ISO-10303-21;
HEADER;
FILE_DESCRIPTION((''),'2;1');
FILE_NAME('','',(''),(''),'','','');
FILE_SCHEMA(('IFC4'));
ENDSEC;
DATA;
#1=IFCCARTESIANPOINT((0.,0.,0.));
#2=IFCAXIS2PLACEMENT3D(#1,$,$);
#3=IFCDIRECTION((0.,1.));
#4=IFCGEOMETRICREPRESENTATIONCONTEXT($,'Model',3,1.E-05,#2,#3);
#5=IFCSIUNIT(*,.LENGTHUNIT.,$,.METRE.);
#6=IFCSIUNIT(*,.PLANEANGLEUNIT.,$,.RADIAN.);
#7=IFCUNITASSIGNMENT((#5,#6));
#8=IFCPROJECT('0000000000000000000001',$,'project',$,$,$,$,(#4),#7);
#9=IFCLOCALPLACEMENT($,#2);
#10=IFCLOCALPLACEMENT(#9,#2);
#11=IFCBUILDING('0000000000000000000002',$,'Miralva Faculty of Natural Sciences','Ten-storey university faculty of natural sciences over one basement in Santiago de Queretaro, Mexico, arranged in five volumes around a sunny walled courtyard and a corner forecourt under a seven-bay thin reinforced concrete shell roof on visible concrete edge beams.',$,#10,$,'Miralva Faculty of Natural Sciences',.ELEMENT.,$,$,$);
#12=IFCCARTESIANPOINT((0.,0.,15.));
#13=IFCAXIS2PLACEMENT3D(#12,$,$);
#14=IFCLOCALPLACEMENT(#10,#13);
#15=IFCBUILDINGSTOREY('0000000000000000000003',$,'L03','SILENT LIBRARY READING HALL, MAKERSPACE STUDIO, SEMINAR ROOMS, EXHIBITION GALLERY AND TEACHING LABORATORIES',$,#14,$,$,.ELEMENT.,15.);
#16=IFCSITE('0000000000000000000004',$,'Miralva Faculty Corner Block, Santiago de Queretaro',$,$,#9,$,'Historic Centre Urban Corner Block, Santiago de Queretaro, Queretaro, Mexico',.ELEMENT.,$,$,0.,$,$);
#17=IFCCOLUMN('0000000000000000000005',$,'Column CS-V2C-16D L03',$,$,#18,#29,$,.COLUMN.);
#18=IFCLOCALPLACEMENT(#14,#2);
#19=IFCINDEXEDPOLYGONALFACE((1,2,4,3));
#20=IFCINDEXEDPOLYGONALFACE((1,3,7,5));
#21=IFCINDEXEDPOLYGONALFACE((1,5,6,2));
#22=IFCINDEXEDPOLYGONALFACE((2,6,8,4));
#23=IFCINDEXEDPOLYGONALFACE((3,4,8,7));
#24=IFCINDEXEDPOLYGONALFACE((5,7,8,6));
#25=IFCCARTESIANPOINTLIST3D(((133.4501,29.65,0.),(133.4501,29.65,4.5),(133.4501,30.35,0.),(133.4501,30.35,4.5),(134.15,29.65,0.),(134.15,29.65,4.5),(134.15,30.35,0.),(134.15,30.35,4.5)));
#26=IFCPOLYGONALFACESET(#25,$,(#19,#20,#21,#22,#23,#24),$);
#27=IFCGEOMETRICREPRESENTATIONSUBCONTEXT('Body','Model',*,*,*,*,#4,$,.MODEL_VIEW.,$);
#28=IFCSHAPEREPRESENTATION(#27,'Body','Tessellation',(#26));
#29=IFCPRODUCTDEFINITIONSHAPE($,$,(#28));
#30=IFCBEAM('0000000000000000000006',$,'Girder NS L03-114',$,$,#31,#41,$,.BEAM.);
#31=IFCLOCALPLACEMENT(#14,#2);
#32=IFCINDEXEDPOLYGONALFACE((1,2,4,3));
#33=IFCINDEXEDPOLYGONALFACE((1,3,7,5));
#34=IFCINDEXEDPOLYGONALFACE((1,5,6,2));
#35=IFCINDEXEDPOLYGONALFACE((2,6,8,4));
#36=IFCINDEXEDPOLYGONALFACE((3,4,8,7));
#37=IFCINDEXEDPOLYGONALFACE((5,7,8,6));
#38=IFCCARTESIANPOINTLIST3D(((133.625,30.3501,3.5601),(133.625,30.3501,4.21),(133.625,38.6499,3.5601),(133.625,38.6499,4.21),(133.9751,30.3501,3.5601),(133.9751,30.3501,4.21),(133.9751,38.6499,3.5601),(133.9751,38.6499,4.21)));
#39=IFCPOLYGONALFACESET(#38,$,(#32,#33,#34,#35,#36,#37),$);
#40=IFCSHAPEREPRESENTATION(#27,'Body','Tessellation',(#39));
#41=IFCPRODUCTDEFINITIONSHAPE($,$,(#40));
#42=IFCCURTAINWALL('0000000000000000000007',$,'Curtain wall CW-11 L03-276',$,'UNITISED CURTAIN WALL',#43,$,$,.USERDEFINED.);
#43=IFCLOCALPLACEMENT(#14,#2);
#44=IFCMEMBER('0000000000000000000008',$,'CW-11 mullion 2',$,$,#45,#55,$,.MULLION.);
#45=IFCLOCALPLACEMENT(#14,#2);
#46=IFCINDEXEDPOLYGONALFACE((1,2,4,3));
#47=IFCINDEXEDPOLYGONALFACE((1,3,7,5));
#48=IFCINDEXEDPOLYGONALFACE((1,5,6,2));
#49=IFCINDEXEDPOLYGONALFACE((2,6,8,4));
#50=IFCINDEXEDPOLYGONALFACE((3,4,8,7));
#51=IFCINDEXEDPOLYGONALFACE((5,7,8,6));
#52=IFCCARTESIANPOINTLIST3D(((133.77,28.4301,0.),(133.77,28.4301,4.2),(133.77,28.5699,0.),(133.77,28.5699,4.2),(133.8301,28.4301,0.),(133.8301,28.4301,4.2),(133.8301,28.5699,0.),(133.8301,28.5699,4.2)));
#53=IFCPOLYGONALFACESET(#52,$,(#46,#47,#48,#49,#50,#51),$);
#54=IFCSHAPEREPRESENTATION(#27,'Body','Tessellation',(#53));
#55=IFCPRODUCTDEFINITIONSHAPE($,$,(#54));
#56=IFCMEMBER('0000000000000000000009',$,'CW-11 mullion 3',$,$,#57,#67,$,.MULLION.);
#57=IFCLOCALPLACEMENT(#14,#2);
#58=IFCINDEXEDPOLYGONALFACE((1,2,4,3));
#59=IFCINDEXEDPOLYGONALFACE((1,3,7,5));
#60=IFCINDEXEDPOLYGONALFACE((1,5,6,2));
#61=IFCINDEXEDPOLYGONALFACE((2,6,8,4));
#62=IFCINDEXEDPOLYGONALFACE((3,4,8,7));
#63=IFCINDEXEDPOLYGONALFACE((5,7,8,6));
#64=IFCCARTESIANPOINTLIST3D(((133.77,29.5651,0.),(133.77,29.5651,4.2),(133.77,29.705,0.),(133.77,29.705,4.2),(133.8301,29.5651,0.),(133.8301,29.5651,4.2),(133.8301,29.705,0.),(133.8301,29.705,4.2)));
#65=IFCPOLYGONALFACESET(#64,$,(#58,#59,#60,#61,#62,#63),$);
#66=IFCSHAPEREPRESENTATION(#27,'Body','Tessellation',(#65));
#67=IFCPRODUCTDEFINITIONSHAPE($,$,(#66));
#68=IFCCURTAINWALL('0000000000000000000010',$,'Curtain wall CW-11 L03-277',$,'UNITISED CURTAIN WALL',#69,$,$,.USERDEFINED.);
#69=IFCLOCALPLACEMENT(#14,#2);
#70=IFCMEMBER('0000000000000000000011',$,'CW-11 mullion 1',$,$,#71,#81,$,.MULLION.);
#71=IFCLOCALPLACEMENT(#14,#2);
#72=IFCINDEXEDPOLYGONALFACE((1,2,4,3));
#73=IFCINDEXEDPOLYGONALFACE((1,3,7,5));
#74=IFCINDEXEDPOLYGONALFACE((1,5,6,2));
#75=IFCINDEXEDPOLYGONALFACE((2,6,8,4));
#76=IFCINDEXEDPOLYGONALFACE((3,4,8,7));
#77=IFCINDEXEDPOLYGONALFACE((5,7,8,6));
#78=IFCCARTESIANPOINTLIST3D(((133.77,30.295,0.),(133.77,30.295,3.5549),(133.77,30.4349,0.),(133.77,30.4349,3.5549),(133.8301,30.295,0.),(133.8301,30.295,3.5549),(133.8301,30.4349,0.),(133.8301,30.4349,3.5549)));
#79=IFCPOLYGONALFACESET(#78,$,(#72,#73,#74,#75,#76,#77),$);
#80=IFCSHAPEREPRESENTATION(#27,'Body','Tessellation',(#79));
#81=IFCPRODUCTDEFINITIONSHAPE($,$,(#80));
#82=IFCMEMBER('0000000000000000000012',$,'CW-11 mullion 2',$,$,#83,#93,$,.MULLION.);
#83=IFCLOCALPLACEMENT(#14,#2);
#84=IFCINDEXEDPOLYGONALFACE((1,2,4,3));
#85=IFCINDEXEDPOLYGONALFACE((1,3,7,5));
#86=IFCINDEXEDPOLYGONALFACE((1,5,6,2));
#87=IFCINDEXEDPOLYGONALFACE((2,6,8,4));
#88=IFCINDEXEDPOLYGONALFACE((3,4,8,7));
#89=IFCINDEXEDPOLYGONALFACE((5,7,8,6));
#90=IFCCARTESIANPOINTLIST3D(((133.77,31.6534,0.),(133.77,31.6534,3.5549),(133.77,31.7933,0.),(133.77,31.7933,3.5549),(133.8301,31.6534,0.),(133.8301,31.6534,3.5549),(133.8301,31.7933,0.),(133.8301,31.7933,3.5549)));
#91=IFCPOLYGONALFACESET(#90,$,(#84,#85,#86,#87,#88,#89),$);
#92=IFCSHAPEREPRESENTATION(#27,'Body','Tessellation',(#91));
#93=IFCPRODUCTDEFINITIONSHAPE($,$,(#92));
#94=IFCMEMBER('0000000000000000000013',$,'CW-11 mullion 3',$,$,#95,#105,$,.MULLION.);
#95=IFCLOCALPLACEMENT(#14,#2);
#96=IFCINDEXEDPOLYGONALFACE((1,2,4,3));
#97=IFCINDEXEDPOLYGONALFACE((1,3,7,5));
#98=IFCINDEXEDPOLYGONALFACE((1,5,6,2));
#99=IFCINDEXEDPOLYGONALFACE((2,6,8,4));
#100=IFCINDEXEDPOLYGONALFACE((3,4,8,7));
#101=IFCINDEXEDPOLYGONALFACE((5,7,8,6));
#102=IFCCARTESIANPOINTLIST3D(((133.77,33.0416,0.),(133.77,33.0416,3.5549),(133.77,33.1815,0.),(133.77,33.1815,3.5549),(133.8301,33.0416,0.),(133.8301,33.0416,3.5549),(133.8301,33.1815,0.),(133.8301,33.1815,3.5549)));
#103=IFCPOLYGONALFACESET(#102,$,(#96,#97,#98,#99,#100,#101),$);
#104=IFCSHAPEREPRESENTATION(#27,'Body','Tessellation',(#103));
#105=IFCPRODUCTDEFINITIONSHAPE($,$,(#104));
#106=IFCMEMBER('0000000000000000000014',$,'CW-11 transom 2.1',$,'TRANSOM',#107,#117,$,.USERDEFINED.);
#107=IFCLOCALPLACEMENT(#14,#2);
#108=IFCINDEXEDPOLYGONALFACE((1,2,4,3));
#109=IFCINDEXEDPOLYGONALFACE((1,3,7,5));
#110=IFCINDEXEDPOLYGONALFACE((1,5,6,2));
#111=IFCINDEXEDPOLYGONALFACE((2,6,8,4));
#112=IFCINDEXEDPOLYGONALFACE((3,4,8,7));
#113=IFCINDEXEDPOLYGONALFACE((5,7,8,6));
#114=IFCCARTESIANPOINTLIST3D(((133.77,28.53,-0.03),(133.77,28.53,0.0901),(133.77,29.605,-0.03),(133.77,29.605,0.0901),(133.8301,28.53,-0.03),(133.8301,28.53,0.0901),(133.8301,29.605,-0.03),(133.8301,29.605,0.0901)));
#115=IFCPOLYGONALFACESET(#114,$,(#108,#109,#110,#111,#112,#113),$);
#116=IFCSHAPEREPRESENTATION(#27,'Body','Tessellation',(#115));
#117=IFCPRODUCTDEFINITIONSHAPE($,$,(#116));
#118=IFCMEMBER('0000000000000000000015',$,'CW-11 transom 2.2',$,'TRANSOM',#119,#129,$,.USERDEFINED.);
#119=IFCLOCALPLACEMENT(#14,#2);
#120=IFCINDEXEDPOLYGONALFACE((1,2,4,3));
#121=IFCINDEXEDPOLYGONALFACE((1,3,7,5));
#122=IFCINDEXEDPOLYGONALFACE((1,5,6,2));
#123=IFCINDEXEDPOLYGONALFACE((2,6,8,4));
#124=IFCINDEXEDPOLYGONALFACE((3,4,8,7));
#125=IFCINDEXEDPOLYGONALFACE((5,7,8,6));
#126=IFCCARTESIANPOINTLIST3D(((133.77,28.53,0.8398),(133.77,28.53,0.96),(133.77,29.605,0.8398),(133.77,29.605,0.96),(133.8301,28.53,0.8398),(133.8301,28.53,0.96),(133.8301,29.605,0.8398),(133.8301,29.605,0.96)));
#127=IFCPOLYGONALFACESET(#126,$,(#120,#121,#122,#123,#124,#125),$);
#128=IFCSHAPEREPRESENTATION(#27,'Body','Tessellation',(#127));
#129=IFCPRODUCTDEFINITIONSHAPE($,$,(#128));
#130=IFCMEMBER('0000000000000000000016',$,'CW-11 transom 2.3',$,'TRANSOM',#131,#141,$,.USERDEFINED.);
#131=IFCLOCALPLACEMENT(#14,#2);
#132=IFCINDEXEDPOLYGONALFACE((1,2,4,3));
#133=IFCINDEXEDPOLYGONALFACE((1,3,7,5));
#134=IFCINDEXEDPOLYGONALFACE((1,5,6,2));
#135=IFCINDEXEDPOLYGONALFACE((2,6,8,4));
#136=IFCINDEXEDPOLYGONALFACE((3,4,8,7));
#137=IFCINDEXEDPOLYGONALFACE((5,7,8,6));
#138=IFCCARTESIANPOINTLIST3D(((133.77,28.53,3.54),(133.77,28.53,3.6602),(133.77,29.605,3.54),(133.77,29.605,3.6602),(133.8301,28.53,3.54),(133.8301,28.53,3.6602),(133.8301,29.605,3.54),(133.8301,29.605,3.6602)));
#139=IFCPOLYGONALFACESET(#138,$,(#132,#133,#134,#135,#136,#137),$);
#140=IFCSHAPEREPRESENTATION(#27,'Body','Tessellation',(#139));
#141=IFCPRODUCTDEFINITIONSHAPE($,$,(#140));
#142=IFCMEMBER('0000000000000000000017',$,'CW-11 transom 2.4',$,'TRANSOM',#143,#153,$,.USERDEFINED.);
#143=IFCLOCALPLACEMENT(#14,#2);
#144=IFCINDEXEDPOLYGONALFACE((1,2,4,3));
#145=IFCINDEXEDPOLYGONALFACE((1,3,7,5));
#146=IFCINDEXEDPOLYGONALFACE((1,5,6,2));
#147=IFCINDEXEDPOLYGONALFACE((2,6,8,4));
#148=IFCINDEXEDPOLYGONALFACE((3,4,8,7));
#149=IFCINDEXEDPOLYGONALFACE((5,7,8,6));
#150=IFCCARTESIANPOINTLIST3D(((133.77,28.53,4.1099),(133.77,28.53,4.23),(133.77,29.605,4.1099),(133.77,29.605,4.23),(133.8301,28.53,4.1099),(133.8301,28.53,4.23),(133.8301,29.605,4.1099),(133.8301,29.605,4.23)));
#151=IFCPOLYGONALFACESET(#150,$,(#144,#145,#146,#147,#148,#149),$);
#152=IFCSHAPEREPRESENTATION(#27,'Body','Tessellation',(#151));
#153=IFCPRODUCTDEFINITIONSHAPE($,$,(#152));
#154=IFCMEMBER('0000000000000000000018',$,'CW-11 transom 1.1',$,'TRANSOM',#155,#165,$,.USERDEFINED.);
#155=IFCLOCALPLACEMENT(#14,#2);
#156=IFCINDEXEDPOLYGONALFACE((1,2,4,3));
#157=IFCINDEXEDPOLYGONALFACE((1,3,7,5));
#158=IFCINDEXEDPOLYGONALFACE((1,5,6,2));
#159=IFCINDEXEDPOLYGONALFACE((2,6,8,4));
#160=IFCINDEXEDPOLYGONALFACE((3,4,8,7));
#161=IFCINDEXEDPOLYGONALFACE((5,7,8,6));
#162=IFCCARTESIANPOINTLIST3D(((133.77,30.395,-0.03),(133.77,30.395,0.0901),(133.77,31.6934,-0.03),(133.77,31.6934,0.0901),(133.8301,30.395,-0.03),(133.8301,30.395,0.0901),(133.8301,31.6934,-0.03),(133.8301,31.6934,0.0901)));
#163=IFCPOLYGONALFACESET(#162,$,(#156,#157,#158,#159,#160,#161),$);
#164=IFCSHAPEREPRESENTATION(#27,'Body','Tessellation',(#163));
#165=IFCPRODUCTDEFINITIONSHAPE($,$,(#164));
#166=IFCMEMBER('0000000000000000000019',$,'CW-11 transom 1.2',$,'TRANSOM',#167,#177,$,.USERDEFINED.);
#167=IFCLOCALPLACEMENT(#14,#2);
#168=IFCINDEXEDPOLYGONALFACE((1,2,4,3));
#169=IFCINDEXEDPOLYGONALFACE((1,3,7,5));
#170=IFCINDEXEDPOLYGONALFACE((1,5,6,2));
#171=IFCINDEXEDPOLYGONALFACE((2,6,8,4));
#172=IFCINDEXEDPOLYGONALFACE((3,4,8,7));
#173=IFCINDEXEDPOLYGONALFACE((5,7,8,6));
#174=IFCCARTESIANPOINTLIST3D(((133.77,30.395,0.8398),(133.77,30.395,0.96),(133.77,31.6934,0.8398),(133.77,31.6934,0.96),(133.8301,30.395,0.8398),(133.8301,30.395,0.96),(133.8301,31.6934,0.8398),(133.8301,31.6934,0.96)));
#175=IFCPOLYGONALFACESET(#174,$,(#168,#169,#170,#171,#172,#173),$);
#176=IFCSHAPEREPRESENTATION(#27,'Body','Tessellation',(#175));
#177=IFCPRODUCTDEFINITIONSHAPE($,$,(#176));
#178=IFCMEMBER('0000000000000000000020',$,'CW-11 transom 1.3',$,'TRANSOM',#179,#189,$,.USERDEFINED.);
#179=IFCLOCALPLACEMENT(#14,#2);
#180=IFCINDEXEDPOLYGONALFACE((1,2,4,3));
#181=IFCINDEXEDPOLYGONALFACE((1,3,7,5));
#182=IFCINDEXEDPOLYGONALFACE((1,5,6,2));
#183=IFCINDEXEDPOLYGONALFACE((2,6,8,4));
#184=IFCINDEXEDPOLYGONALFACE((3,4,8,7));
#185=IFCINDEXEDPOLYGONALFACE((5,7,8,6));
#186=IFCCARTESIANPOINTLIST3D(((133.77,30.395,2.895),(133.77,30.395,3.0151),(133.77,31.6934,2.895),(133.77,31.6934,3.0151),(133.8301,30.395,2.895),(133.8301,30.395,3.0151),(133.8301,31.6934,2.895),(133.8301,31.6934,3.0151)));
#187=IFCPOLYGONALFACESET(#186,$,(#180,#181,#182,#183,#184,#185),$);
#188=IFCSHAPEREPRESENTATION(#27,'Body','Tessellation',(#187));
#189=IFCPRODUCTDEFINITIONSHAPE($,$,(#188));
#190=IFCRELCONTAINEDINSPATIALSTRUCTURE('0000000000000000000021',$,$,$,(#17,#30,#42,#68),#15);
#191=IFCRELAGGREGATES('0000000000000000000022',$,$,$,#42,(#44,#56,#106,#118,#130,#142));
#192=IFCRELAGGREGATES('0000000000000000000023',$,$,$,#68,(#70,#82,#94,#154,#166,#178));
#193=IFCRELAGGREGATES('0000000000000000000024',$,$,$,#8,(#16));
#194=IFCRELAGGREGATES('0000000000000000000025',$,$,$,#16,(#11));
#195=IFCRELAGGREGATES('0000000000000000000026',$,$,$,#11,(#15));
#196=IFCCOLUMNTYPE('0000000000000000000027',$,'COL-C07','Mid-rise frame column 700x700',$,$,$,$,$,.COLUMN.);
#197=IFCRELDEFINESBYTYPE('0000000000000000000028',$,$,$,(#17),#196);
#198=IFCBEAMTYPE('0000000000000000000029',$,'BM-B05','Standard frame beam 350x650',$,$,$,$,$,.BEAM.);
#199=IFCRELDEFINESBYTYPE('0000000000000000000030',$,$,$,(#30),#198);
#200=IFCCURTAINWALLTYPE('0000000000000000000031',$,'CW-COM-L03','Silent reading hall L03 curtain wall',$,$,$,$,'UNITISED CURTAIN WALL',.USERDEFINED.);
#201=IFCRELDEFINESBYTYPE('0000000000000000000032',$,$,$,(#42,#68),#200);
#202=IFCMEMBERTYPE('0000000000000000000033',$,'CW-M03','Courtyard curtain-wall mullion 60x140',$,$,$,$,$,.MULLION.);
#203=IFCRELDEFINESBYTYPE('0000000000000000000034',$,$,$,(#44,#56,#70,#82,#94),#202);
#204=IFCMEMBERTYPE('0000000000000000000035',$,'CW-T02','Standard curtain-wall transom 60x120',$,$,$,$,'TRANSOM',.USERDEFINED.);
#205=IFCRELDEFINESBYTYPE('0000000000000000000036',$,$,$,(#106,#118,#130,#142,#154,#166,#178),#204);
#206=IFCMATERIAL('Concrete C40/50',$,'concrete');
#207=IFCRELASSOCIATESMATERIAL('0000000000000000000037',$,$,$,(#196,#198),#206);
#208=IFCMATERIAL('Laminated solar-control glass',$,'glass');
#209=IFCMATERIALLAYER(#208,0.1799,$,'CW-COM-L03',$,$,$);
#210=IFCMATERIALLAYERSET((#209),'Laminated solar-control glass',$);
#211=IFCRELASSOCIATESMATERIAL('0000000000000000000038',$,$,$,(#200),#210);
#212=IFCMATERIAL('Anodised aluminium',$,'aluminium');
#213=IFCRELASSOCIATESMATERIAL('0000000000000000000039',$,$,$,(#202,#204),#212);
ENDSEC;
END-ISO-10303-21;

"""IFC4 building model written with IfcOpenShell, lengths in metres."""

from ifc_helpers import new_model, si_unit, direction, frame, origin, origin_2d, place, context, subcontext, project, spatial, rectangle, extrude, material, layer, layer_set, material_profile, profile_set, type_object, element, aggregate, save


model = new_model("IFC4")

# Units and contexts
model_context = context("Model", 3, precision=1e-05, world=origin(), true_north=direction((0.0, 1.0)))
body_context = subcontext(model_context, "Body", "Model", "MODEL_VIEW")
ifc_project = project(units=[si_unit("LENGTHUNIT", "METRE"), si_unit("PLANEANGLEUNIT", "RADIAN")], contexts=[model_context])

# Site, building, storey
site_placement = place(None, origin())
site = spatial("IfcSite", under=ifc_project, at=site_placement, Name="Miralva Faculty Corner Block, Santiago de Queretaro", LongName="Historic Centre Urban Corner Block, Santiago de Queretaro, Queretaro, Mexico", CompositionType="ELEMENT", RefElevation=0.0)
building_placement = place(site_placement, origin())
building = spatial("IfcBuilding", under=site, at=building_placement, Name="Miralva Faculty of Natural Sciences", Description="Ten-storey university faculty of natural sciences over one basement in Santiago de Queretaro, Mexico, arranged in five volumes around a sunny walled courtyard and a corner forecourt under a seven-bay thin reinforced concrete shell roof on visible concrete edge beams.", LongName="Miralva Faculty of Natural Sciences", CompositionType="ELEMENT")
storey_placement = place(building_placement, frame((0.0, 0.0, 15.0)))
storey = spatial("IfcBuildingStorey", under=building, at=storey_placement, Name="L03", Description="SILENT LIBRARY READING HALL, MAKERSPACE STUDIO, SEMINAR ROOMS, EXHIBITION GALLERY AND TEACHING LABORATORIES", CompositionType="ELEMENT", Elevation=15.0)

# Column
ifc_material_1 = material(Name="Concrete C40/50", Category="concrete")
ifc_material_profile_1 = material_profile(ifc_material_1, rectangle(XDim=0.7, YDim=0.7, at=origin_2d()), Name="RC 700x700")
ifc_profile_set_1 = profile_set([ifc_material_profile_1], Name="Concrete C40/50")
column_type = type_object("IfcColumnType", Name="COL-C07", Description="Mid-rise frame column 700x700", PredefinedType="COLUMN", material=ifc_profile_set_1)
column_placement = place(storey_placement, frame((133.8, 30.0, 0.0), z_axis=(0.0, 0.0, 1.0), x_axis=(1.0, 0.0, 0.0)))
element("IfcColumn", 1, at=column_placement, inside=storey, type_object=column_type, Name="Column CS-V2C-16D L03", PredefinedType="COLUMN", context=body_context, shape_type="SweptSolid", body=[
    extrude(rectangle(XDim=0.7, YDim=0.7, at=origin_2d()), origin(), (0.0, 0.0, 1.0), 4.5),
])

# Beam
ifc_material_profile_2 = material_profile(ifc_material_1, rectangle(XDim=0.3501, YDim=0.6499, at=origin_2d()), Name="RC 350x650")
ifc_profile_set_2 = profile_set([ifc_material_profile_2], Name="Concrete C40/50")
beam_type = type_object("IfcBeamType", Name="BM-B05", Description="Standard frame beam 350x650", PredefinedType="BEAM", material=ifc_profile_set_2)
beam_placement = place(storey_placement, frame((133.8, 30.3501, 3.885), z_axis=(0.0, 1.0, 0.0), x_axis=(-1.0, 0.0, 0.0)))
element("IfcBeam", 2, at=beam_placement, inside=storey, type_object=beam_type, Name="Girder NS L03-114", PredefinedType="BEAM", context=body_context, shape_type="SweptSolid", body=[
    extrude(rectangle(XDim=0.3501, YDim=0.6499, at=origin_2d()), origin(), (0.0, 0.0, 1.0), 8.2998),
])

# Curtain walls, members
ifc_material_2 = material(Name="Laminated solar-control glass", Category="glass")
ifc_layer_1 = layer(ifc_material_2, 0.1799, Name="CW-COM-L03")
ifc_layer_set_1 = layer_set([ifc_layer_1], Name="Laminated solar-control glass")
curtain_wall_type = type_object("IfcCurtainWallType", Name="CW-COM-L03", Description="Silent reading hall L03 curtain wall", ElementType="UNITISED CURTAIN WALL", PredefinedType="USERDEFINED", material=ifc_layer_set_1)
curtain_wall_1_placement = place(storey_placement, origin())
curtain_wall_1 = element("IfcCurtainWall", 3, at=curtain_wall_1_placement, inside=storey, type_object=curtain_wall_type, Name="Curtain wall CW-11 L03-276", ObjectType="UNITISED CURTAIN WALL", PredefinedType="USERDEFINED")
ifc_material_3 = material(Name="Anodised aluminium", Category="aluminium")
ifc_material_profile_3 = material_profile(ifc_material_3, rectangle(XDim=0.0601, YDim=0.1399, at=origin_2d()), Name="MULLION 60x140")
ifc_profile_set_3 = profile_set([ifc_material_profile_3], Name="Anodised aluminium")
member_type_1 = type_object("IfcMemberType", Name="CW-M03", Description="Courtyard curtain-wall mullion 60x140", PredefinedType="MULLION", material=ifc_profile_set_3)
member_1_placement = place(storey_placement, frame((133.8, 28.5, 0.0), z_axis=(0.0, 0.0, 1.0), x_axis=(-1.0, 0.0, 0.0)))
member_1 = element("IfcMember", 4, at=member_1_placement, type_object=member_type_1, Name="CW-11 mullion 2", PredefinedType="MULLION", context=body_context, shape_type="SweptSolid", body=[
    extrude(rectangle(XDim=0.0601, YDim=0.1399, at=origin_2d()), origin(), (0.0, 0.0, 1.0), 4.2),
])
member_2_placement = place(storey_placement, frame((133.8, 29.635, 0.0), z_axis=(0.0, 0.0, 1.0), x_axis=(-1.0, 0.0, 0.0)))
member_2 = element("IfcMember", 5, at=member_2_placement, type_object=member_type_1, Name="CW-11 mullion 3", PredefinedType="MULLION", context=body_context, shape_type="SweptSolid", body=[
    extrude(rectangle(XDim=0.0601, YDim=0.1399, at=origin_2d()), origin(), (0.0, 0.0, 1.0), 4.2),
])
curtain_wall_2_placement = place(storey_placement, origin())
curtain_wall_2 = element("IfcCurtainWall", 6, at=curtain_wall_2_placement, inside=storey, type_object=curtain_wall_type, Name="Curtain wall CW-11 L03-277", ObjectType="UNITISED CURTAIN WALL", PredefinedType="USERDEFINED")
member_3_placement = place(storey_placement, frame((133.8, 30.365, 0.0), z_axis=(0.0, 0.0, 1.0), x_axis=(-1.0, 0.0, 0.0)))
member_3 = element("IfcMember", 7, at=member_3_placement, type_object=member_type_1, Name="CW-11 mullion 1", PredefinedType="MULLION", context=body_context, shape_type="SweptSolid", body=[
    extrude(rectangle(XDim=0.0601, YDim=0.1399, at=origin_2d()), origin(), (0.0, 0.0, 1.0), 3.5549),
])
member_4_placement = place(storey_placement, frame((133.8, 31.7234, 0.0), z_axis=(0.0, 0.0, 1.0), x_axis=(-1.0, 0.0, 0.0)))
member_4 = element("IfcMember", 8, at=member_4_placement, type_object=member_type_1, Name="CW-11 mullion 2", PredefinedType="MULLION", context=body_context, shape_type="SweptSolid", body=[
    extrude(rectangle(XDim=0.0601, YDim=0.1399, at=origin_2d()), origin(), (0.0, 0.0, 1.0), 3.5549),
])
member_5_placement = place(storey_placement, frame((133.8, 33.1116, 0.0), z_axis=(0.0, 0.0, 1.0), x_axis=(-1.0, 0.0, 0.0)))
member_5 = element("IfcMember", 9, at=member_5_placement, type_object=member_type_1, Name="CW-11 mullion 3", PredefinedType="MULLION", context=body_context, shape_type="SweptSolid", body=[
    extrude(rectangle(XDim=0.0601, YDim=0.1399, at=origin_2d()), origin(), (0.0, 0.0, 1.0), 3.5549),
])

# Members
ifc_material_profile_4 = material_profile(ifc_material_3, rectangle(XDim=0.0601, YDim=0.1201, at=origin_2d()), Name="TRANSOM 60x120")
ifc_profile_set_4 = profile_set([ifc_material_profile_4], Name="Anodised aluminium")
member_type_2 = type_object("IfcMemberType", Name="CW-T02", Description="Standard curtain-wall transom 60x120", ElementType="TRANSOM", PredefinedType="USERDEFINED", material=ifc_profile_set_4)
member_6_placement = place(storey_placement, frame((133.8, 28.53, 0.03), z_axis=(0.0, 1.0, 0.0), x_axis=(-1.0, 0.0, 0.0)))
member_6 = element("IfcMember", 10, at=member_6_placement, type_object=member_type_2, Name="CW-11 transom 2.1", ObjectType="TRANSOM", PredefinedType="USERDEFINED", context=body_context, shape_type="SweptSolid", body=[
    extrude(rectangle(XDim=0.0601, YDim=0.1201, at=origin_2d()), origin(), (0.0, 0.0, 1.0), 1.075),
])
member_7_placement = place(storey_placement, frame((133.8, 28.53, 0.8999), z_axis=(0.0, 1.0, 0.0), x_axis=(-1.0, 0.0, 0.0)))
member_7 = element("IfcMember", 11, at=member_7_placement, type_object=member_type_2, Name="CW-11 transom 2.2", ObjectType="TRANSOM", PredefinedType="USERDEFINED", context=body_context, shape_type="SweptSolid", body=[
    extrude(rectangle(XDim=0.0601, YDim=0.1201, at=origin_2d()), origin(), (0.0, 0.0, 1.0), 1.075),
])
member_8_placement = place(storey_placement, frame((133.8, 28.53, 3.6001), z_axis=(0.0, 1.0, 0.0), x_axis=(-1.0, 0.0, 0.0)))
member_8 = element("IfcMember", 12, at=member_8_placement, type_object=member_type_2, Name="CW-11 transom 2.3", ObjectType="TRANSOM", PredefinedType="USERDEFINED", context=body_context, shape_type="SweptSolid", body=[
    extrude(rectangle(XDim=0.0601, YDim=0.1201, at=origin_2d()), origin(), (0.0, 0.0, 1.0), 1.075),
])
member_9_placement = place(storey_placement, frame((133.8, 28.53, 4.1699), z_axis=(0.0, 1.0, 0.0), x_axis=(-1.0, 0.0, 0.0)))
member_9 = element("IfcMember", 13, at=member_9_placement, type_object=member_type_2, Name="CW-11 transom 2.4", ObjectType="TRANSOM", PredefinedType="USERDEFINED", context=body_context, shape_type="SweptSolid", body=[
    extrude(rectangle(XDim=0.0601, YDim=0.1201, at=origin_2d()), origin(), (0.0, 0.0, 1.0), 1.075),
])
member_10_placement = place(storey_placement, frame((133.8, 30.395, 0.03), z_axis=(0.0, 1.0, 0.0), x_axis=(-1.0, 0.0, 0.0)))
member_10 = element("IfcMember", 14, at=member_10_placement, type_object=member_type_2, Name="CW-11 transom 1.1", ObjectType="TRANSOM", PredefinedType="USERDEFINED", context=body_context, shape_type="SweptSolid", body=[
    extrude(rectangle(XDim=0.0601, YDim=0.1201, at=origin_2d()), origin(), (0.0, 0.0, 1.0), 1.2983),
])
member_11_placement = place(storey_placement, frame((133.8, 30.395, 0.8999), z_axis=(0.0, 1.0, 0.0), x_axis=(-1.0, 0.0, 0.0)))
member_11 = element("IfcMember", 15, at=member_11_placement, type_object=member_type_2, Name="CW-11 transom 1.2", ObjectType="TRANSOM", PredefinedType="USERDEFINED", context=body_context, shape_type="SweptSolid", body=[
    extrude(rectangle(XDim=0.0601, YDim=0.1201, at=origin_2d()), origin(), (0.0, 0.0, 1.0), 1.2983),
])
member_12_placement = place(storey_placement, frame((133.8, 30.395, 2.9551), z_axis=(0.0, 1.0, 0.0), x_axis=(-1.0, 0.0, 0.0)))
member_12 = element("IfcMember", 16, at=member_12_placement, type_object=member_type_2, Name="CW-11 transom 1.3", ObjectType="TRANSOM", PredefinedType="USERDEFINED", context=body_context, shape_type="SweptSolid", body=[
    extrude(rectangle(XDim=0.0601, YDim=0.1201, at=origin_2d()), origin(), (0.0, 0.0, 1.0), 1.2983),
])

aggregate(curtain_wall_1, [member_1, member_2, member_6, member_7, member_8, member_9])
aggregate(curtain_wall_2, [member_3, member_4, member_5, member_10, member_11, member_12])

save(model, "model.ifc")
